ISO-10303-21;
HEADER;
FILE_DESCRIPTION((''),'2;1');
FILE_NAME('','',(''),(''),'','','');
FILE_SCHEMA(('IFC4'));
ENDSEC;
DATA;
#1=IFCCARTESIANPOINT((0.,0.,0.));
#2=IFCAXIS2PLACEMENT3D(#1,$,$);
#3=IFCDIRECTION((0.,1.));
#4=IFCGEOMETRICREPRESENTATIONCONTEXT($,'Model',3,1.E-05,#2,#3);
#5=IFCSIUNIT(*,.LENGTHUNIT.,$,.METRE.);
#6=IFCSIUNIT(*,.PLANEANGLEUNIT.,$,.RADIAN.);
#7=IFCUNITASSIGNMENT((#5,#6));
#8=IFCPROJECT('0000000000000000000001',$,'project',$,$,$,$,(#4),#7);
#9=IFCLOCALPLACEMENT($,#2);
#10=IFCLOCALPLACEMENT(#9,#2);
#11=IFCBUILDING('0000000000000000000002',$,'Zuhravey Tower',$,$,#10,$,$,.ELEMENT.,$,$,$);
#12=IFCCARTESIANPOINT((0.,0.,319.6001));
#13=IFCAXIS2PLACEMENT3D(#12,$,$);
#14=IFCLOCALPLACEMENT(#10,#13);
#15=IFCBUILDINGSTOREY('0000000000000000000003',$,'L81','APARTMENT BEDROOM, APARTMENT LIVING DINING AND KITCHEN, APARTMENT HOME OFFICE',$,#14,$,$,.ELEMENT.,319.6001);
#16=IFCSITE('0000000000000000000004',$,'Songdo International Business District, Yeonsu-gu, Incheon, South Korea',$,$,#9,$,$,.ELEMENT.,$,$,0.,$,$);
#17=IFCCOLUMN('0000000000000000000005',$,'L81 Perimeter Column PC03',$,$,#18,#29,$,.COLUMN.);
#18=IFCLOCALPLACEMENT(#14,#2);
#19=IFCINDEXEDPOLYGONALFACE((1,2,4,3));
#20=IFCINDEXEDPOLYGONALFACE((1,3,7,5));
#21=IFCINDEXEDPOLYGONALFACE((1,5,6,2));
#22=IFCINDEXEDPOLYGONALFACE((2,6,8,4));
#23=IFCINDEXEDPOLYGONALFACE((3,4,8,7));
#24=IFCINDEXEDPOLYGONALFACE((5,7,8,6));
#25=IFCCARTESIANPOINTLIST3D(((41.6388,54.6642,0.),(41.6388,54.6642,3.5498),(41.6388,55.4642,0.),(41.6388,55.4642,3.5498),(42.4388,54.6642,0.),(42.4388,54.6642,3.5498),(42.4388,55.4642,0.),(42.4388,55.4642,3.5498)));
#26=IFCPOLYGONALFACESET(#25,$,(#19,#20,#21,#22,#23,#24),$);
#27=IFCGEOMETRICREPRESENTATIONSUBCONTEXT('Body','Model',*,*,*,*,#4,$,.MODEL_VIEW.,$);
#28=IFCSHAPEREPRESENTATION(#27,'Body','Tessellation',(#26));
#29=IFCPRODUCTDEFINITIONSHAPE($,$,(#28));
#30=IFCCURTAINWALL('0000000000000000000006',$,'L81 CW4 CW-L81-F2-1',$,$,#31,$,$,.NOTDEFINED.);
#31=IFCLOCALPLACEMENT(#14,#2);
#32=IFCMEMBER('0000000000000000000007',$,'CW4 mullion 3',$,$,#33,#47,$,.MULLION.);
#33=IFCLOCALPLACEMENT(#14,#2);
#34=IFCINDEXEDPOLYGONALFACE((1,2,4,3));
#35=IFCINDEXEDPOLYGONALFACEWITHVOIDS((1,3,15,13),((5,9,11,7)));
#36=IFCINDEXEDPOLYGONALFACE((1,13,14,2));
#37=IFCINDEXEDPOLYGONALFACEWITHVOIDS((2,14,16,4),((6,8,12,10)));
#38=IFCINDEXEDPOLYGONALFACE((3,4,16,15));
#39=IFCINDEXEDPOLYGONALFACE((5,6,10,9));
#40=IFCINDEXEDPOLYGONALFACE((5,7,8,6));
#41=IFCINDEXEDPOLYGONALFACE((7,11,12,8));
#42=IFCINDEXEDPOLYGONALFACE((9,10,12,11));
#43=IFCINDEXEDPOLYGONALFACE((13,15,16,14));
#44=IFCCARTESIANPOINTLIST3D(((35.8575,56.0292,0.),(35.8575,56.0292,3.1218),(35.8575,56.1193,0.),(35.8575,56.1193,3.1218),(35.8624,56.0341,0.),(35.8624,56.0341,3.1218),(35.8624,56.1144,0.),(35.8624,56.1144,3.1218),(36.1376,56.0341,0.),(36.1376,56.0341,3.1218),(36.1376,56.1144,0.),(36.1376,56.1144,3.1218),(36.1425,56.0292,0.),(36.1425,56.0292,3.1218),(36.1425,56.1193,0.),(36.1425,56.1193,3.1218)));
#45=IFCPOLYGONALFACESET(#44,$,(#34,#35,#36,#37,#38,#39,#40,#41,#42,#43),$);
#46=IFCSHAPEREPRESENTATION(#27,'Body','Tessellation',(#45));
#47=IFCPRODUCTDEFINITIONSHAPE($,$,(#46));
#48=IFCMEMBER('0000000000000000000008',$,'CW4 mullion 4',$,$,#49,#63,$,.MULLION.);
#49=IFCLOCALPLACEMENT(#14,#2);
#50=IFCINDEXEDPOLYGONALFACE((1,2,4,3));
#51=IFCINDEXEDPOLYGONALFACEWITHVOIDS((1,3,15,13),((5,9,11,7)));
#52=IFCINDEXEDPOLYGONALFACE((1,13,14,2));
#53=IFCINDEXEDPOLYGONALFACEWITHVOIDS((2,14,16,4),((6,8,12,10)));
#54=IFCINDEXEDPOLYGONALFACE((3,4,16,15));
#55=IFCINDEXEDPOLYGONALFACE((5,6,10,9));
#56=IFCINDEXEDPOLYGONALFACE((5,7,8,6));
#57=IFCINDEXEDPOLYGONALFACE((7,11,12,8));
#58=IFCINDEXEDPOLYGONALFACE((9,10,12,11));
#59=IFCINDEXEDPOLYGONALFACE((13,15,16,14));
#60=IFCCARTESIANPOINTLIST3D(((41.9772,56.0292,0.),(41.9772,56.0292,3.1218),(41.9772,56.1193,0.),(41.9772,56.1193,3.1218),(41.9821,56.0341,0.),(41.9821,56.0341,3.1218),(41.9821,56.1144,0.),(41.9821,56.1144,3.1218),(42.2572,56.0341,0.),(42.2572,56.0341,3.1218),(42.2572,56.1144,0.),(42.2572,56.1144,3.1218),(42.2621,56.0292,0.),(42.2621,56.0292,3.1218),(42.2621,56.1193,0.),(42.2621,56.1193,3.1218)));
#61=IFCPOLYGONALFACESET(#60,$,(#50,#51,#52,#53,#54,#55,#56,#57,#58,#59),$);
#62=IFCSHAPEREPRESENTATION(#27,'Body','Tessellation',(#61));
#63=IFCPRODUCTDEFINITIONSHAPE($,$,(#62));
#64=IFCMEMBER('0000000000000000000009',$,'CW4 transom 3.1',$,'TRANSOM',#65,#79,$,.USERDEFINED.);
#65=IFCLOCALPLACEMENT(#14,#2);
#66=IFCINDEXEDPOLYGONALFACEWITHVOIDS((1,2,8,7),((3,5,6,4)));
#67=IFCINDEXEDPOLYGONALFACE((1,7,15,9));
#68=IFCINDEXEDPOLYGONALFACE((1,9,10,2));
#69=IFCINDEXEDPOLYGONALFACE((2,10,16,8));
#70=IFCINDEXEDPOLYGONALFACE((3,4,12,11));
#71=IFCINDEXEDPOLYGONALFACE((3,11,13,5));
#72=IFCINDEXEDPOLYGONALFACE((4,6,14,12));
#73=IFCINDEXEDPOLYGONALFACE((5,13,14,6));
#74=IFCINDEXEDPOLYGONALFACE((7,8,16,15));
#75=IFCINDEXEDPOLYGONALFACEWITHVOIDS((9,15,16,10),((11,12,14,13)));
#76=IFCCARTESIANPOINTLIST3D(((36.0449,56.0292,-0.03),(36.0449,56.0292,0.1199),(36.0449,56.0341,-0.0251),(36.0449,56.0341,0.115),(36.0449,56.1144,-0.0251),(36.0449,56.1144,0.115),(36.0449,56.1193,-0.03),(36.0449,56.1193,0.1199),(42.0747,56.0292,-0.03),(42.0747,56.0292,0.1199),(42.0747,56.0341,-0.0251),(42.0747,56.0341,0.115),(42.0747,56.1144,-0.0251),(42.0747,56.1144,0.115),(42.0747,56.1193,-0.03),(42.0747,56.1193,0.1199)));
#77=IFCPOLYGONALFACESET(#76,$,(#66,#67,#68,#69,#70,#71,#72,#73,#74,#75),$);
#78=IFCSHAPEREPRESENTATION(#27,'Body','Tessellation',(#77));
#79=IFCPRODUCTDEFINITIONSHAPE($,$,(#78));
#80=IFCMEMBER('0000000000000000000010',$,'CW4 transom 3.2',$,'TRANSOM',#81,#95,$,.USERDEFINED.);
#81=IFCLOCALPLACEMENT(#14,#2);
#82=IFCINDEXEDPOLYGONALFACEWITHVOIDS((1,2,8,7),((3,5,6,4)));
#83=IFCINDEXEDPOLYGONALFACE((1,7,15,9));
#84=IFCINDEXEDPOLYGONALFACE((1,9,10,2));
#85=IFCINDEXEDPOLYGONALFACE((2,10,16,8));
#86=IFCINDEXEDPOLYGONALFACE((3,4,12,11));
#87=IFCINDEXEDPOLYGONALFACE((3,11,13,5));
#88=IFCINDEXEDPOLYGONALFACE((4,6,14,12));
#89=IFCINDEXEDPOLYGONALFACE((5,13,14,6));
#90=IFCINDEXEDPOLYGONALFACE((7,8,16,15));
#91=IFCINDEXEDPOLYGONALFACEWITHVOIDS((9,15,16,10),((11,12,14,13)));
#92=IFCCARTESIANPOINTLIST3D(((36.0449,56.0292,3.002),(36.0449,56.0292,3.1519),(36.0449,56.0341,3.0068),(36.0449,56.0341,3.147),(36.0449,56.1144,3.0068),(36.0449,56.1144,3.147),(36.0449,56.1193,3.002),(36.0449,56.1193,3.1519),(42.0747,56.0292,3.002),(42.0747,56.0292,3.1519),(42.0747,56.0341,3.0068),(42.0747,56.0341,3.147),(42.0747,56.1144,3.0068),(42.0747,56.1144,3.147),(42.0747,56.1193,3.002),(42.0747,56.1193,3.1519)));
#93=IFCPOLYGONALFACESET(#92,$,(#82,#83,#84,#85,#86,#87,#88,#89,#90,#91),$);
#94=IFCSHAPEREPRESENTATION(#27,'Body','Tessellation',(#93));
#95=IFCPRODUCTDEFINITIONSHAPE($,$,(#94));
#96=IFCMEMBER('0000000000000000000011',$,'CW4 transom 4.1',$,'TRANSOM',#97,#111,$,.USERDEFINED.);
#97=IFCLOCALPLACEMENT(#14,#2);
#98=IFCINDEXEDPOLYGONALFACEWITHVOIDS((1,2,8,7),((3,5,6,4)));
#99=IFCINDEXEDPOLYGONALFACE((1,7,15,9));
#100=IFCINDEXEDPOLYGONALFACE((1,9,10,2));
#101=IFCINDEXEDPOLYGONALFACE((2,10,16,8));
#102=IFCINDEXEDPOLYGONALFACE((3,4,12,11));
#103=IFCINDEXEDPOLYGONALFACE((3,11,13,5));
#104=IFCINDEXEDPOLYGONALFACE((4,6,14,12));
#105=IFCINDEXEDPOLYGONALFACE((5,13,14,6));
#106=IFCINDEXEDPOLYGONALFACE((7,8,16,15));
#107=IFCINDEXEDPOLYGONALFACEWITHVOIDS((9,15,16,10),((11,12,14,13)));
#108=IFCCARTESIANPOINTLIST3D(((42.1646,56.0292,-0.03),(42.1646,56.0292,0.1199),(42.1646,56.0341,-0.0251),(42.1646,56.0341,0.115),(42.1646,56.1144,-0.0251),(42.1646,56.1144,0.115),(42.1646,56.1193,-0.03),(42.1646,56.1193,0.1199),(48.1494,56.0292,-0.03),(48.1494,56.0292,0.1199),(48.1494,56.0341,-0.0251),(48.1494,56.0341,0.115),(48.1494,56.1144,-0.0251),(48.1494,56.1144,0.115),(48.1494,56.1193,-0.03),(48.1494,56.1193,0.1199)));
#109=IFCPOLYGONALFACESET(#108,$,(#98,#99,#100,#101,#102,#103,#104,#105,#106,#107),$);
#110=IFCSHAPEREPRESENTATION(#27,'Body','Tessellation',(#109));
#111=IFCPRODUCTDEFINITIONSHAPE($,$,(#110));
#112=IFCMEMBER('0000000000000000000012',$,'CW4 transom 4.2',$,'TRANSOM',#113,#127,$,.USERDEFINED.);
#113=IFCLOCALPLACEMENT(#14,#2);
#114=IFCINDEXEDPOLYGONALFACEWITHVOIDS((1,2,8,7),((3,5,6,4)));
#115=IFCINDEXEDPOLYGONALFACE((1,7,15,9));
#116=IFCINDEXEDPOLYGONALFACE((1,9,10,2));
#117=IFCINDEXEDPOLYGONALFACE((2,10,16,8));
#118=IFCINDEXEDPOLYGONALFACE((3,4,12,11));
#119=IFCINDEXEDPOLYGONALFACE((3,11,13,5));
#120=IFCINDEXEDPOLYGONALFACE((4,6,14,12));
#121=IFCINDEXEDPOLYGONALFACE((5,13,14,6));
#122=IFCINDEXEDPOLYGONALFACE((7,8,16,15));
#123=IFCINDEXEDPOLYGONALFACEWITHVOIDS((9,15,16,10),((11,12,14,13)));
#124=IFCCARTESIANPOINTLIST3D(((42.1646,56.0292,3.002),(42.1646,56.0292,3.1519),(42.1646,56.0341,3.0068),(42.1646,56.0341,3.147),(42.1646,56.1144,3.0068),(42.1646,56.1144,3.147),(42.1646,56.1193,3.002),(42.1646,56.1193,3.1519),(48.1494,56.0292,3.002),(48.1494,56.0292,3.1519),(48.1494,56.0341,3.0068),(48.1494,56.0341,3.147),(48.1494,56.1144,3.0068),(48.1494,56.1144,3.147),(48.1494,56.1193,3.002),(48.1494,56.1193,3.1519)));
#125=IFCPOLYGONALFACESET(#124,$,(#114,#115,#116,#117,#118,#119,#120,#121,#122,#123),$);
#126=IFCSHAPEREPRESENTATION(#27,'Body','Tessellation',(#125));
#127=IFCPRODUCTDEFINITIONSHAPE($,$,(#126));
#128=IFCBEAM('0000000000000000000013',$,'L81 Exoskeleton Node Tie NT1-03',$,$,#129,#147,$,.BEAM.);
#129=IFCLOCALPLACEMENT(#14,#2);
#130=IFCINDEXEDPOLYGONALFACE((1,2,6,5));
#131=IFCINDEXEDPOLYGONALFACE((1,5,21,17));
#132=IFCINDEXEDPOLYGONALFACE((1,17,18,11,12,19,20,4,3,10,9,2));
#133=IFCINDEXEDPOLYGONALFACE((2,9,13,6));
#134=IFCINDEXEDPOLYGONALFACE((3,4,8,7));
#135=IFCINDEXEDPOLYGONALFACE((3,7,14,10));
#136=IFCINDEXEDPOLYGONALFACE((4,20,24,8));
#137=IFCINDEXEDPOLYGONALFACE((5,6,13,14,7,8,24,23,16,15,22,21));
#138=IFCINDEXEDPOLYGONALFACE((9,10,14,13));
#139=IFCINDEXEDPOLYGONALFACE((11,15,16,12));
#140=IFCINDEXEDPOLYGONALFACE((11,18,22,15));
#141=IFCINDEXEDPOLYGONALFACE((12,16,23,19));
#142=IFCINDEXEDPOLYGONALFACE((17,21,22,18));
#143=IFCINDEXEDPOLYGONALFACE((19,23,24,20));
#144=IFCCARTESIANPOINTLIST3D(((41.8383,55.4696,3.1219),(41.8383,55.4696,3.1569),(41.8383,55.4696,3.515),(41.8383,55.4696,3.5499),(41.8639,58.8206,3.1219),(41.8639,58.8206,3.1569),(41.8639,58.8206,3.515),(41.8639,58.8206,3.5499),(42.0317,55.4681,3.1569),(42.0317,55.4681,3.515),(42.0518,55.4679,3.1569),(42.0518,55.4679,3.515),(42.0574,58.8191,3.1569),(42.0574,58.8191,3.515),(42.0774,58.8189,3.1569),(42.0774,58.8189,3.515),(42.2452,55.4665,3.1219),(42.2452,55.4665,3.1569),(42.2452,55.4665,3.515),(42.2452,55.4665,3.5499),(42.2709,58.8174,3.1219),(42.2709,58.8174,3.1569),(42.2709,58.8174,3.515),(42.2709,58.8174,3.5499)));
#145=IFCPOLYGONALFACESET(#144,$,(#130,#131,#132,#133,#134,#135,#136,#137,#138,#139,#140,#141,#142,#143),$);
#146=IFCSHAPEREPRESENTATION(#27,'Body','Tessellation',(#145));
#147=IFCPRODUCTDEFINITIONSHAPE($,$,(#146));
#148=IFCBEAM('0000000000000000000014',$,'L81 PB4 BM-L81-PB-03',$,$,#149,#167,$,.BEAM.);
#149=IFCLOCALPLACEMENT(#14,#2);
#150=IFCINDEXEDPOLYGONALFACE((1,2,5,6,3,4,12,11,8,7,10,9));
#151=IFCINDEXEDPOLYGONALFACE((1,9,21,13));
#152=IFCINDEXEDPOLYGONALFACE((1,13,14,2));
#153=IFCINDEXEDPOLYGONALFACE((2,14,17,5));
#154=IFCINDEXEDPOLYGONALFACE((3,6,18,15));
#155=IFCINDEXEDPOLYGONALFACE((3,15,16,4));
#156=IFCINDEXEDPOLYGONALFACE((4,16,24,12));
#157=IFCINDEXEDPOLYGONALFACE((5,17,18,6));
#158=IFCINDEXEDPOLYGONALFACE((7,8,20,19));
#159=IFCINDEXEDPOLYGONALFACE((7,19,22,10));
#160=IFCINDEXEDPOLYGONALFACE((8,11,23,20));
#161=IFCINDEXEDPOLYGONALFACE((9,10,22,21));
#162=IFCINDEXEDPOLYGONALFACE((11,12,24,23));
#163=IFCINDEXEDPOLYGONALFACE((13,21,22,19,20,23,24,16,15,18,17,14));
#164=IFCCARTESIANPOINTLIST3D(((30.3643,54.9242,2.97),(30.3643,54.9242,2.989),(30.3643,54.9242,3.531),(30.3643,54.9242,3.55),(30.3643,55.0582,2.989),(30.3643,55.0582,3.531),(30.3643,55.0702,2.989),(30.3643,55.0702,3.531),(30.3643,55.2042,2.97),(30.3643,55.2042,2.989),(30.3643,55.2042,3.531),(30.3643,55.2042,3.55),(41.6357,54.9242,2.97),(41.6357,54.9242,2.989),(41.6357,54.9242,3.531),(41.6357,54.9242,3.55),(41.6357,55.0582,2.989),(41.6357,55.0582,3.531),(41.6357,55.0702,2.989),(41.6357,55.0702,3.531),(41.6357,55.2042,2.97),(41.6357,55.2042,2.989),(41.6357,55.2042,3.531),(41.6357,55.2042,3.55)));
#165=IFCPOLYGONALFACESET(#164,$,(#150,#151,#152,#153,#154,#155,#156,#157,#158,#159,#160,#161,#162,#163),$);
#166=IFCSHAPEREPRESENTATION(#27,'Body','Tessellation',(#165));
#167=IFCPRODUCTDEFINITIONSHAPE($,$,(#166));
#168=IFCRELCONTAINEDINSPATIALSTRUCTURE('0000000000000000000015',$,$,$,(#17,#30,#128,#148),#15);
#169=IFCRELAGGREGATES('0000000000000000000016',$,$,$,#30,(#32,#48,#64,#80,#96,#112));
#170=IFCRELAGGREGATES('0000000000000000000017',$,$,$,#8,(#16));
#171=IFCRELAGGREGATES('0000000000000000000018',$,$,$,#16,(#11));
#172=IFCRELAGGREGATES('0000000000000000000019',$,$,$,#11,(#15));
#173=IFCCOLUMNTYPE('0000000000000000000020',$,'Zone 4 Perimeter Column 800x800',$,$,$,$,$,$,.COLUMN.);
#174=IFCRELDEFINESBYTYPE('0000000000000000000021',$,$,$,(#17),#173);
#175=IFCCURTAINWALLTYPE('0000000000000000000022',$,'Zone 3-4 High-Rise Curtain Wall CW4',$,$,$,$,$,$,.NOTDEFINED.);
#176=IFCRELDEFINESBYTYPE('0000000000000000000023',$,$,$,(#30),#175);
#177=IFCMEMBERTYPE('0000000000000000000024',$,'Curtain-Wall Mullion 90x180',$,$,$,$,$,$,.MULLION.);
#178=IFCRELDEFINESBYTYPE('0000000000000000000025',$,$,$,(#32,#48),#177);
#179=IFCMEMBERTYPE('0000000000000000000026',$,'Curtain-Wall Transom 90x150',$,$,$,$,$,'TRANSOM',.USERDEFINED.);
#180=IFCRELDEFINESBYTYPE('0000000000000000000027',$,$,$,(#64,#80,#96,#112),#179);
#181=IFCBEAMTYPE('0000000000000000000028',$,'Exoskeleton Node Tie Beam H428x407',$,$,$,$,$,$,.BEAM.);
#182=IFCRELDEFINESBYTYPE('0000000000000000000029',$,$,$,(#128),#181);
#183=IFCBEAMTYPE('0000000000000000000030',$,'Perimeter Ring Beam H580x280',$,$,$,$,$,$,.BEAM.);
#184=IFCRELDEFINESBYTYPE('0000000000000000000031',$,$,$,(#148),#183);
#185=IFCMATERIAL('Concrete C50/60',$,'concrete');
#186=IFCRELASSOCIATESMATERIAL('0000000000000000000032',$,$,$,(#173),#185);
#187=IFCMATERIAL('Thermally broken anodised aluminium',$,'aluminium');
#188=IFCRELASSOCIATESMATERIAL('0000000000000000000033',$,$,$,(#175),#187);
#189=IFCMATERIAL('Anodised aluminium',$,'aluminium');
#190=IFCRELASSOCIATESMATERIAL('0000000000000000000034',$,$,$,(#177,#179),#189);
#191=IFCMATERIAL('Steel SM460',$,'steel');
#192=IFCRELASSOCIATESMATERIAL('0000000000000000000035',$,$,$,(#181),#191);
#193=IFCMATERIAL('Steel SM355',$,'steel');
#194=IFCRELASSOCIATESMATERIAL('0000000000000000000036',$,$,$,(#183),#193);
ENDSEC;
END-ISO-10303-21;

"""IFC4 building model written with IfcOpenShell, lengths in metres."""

from ifc_helpers import new_model, si_unit, direction, frame, origin, origin_2d, place, context, subcontext, project, spatial, rectangle, hollow_rectangle, i_section, extrude, material, material_profile, profile_set, type_object, element, aggregate, save


model = new_model("IFC4")

# Units and contexts
model_context = context("Model", 3, precision=1e-05, world=origin(), true_north=direction((0.0, 1.0)))
body_context = subcontext(model_context, "Body", "Model", "MODEL_VIEW")
ifc_project = project(units=[si_unit("LENGTHUNIT", "METRE"), si_unit("PLANEANGLEUNIT", "RADIAN")], contexts=[model_context])

# Site, building, storey
site_placement = place(None, origin())
site = spatial("IfcSite", under=ifc_project, at=site_placement, Name="Songdo International Business District, Yeonsu-gu, Incheon, South Korea", CompositionType="ELEMENT", RefElevation=0.0)
building_placement = place(site_placement, origin())
building = spatial("IfcBuilding", under=site, at=building_placement, Name="Zuhravey Tower", CompositionType="ELEMENT")
storey_placement = place(building_placement, frame((0.0, 0.0, 319.6001)))
storey = spatial("IfcBuildingStorey", under=building, at=storey_placement, Name="L81", Description="APARTMENT BEDROOM, APARTMENT LIVING DINING AND KITCHEN, APARTMENT HOME OFFICE", CompositionType="ELEMENT", Elevation=319.6001)

# Column
ifc_material_1 = material(Name="Concrete C50/60", Category="concrete")
ifc_material_profile_1 = material_profile(ifc_material_1, rectangle(XDim=0.8, YDim=0.8, at=origin_2d()), Name="RC-800x800")
ifc_profile_set_1 = profile_set([ifc_material_profile_1], Name="Concrete C50/60")
column_type = type_object("IfcColumnType", Name="Zone 4 Perimeter Column 800x800", PredefinedType="COLUMN", material=ifc_profile_set_1)
column_placement = place(storey_placement, frame((42.0388, 55.0642, 0.0), z_axis=(0.0, 0.0, 1.0), x_axis=(-1.0, 0.0, 0.0)))
element("IfcColumn", 1, at=column_placement, inside=storey, type_object=column_type, Name="L81 Perimeter Column PC03", PredefinedType="COLUMN", context=body_context, shape_type="SweptSolid", body=[
    extrude(rectangle(XDim=0.8, YDim=0.8, at=origin_2d()), origin(), (0.0, 0.0, 1.0), 3.5498),
])

# Curtain wall, members
ifc_material_2 = material(Name="Thermally broken anodised aluminium", Category="aluminium")
curtain_wall_type = type_object("IfcCurtainWallType", Name="Zone 3-4 High-Rise Curtain Wall CW4", PredefinedType="NOTDEFINED", material=ifc_material_2)
curtain_wall_placement = place(storey_placement, origin())
curtain_wall = element("IfcCurtainWall", 2, at=curtain_wall_placement, inside=storey, type_object=curtain_wall_type, Name="L81 CW4 CW-L81-F2-1", PredefinedType="NOTDEFINED")
ifc_material_3 = material(Name="Anodised aluminium", Category="aluminium")
ifc_material_profile_2 = material_profile(ifc_material_3, hollow_rectangle(XDim=0.0901, YDim=0.2849, WallThickness=0.0049, at=origin_2d()), Name="ALU-RHS-90x285x5")
ifc_profile_set_2 = profile_set([ifc_material_profile_2], Name="Anodised aluminium")
member_type_1 = type_object("IfcMemberType", Name="Curtain-Wall Mullion 90x180", PredefinedType="MULLION", material=ifc_profile_set_2)
member_1_placement = place(storey_placement, frame((36.0, 56.0742, 0.0), z_axis=(0.0, 0.0, 1.0), x_axis=(0.0, 1.0, 0.0)))
member_1 = element("IfcMember", 3, at=member_1_placement, type_object=member_type_1, Name="CW4 mullion 3", PredefinedType="MULLION", context=body_context, shape_type="SweptSolid", body=[
    extrude(hollow_rectangle(XDim=0.0901, YDim=0.2849, WallThickness=0.0049, at=origin_2d()), origin(), (0.0, 0.0, 1.0), 3.1218),
])
member_2_placement = place(storey_placement, frame((42.1196, 56.0742, 0.0), z_axis=(0.0, 0.0, 1.0), x_axis=(0.0, 1.0, 0.0)))
member_2 = element("IfcMember", 4, at=member_2_placement, type_object=member_type_1, Name="CW4 mullion 4", PredefinedType="MULLION", context=body_context, shape_type="SweptSolid", body=[
    extrude(hollow_rectangle(XDim=0.0901, YDim=0.2849, WallThickness=0.0049, at=origin_2d()), origin(), (0.0, 0.0, 1.0), 3.1218),
])
ifc_material_profile_3 = material_profile(ifc_material_3, hollow_rectangle(XDim=0.0901, YDim=0.1499, WallThickness=0.0049, at=origin_2d()), Name="ALU-RHS-90x150x5")
ifc_profile_set_3 = profile_set([ifc_material_profile_3], Name="Anodised aluminium")
member_type_2 = type_object("IfcMemberType", Name="Curtain-Wall Transom 90x150", ElementType="TRANSOM", PredefinedType="USERDEFINED", material=ifc_profile_set_3)
member_3_placement = place(storey_placement, frame((36.0449, 56.0742, 0.0449), z_axis=(1.0, 0.0, 0.0), x_axis=(0.0, 1.0, 0.0)))
member_3 = element("IfcMember", 5, at=member_3_placement, type_object=member_type_2, Name="CW4 transom 3.1", ObjectType="TRANSOM", PredefinedType="USERDEFINED", context=body_context, shape_type="SweptSolid", body=[
    extrude(hollow_rectangle(XDim=0.0901, YDim=0.1499, WallThickness=0.0049, at=origin_2d()), origin(), (0.0, 0.0, 1.0), 6.0298),
])
member_4_placement = place(storey_placement, frame((36.0449, 56.0742, 3.0769), z_axis=(1.0, 0.0, 0.0), x_axis=(0.0, 1.0, 0.0)))
member_4 = element("IfcMember", 6, at=member_4_placement, type_object=member_type_2, Name="CW4 transom 3.2", ObjectType="TRANSOM", PredefinedType="USERDEFINED", context=body_context, shape_type="SweptSolid", body=[
    extrude(hollow_rectangle(XDim=0.0901, YDim=0.1499, WallThickness=0.0049, at=origin_2d()), origin(), (0.0, 0.0, 1.0), 6.0298),
])
member_5_placement = place(storey_placement, frame((42.1646, 56.0742, 0.0449), z_axis=(1.0, 0.0, 0.0), x_axis=(0.0, 1.0, 0.0)))
member_5 = element("IfcMember", 7, at=member_5_placement, type_object=member_type_2, Name="CW4 transom 4.1", ObjectType="TRANSOM", PredefinedType="USERDEFINED", context=body_context, shape_type="SweptSolid", body=[
    extrude(hollow_rectangle(XDim=0.0901, YDim=0.1499, WallThickness=0.0049, at=origin_2d()), origin(), (0.0, 0.0, 1.0), 5.9849),
])
member_6_placement = place(storey_placement, frame((42.1646, 56.0742, 3.0769), z_axis=(1.0, 0.0, 0.0), x_axis=(0.0, 1.0, 0.0)))
member_6 = element("IfcMember", 8, at=member_6_placement, type_object=member_type_2, Name="CW4 transom 4.2", ObjectType="TRANSOM", PredefinedType="USERDEFINED", context=body_context, shape_type="SweptSolid", body=[
    extrude(hollow_rectangle(XDim=0.0901, YDim=0.1499, WallThickness=0.0049, at=origin_2d()), origin(), (0.0, 0.0, 1.0), 5.9849),
])

# Beams
ifc_material_4 = material(Name="Steel SM460", Category="steel")
ifc_material_profile_4 = material_profile(ifc_material_4, i_section(OverallWidth=0.407, OverallDepth=0.428, WebThickness=0.02, FlangeThickness=0.0349, at=origin_2d()), Name="H-428x407x20x35")
ifc_profile_set_4 = profile_set([ifc_material_profile_4], Name="Steel SM460")
beam_type_1 = type_object("IfcBeamType", Name="Exoskeleton Node Tie Beam H428x407", PredefinedType="BEAM", material=ifc_profile_set_4)
beam_1_placement = place(storey_placement, frame((42.0417, 55.468, 3.3359), z_axis=(0.007649, 0.999971, 0.0), x_axis=(-0.999971, 0.007649, 0.0)))
element("IfcBeam", 9, at=beam_1_placement, inside=storey, type_object=beam_type_1, Name="L81 Exoskeleton Node Tie NT1-03", PredefinedType="BEAM", context=body_context, shape_type="SweptSolid", body=[
    extrude(i_section(OverallWidth=0.407, OverallDepth=0.428, WebThickness=0.02, FlangeThickness=0.0349, at=origin_2d()), origin(), (0.0, 0.0, 1.0), 3.3511),
])
ifc_material_5 = material(Name="Steel SM355", Category="steel")
ifc_material_profile_5 = material_profile(ifc_material_5, i_section(OverallWidth=0.28, OverallDepth=0.5801, WebThickness=0.012, FlangeThickness=0.019, at=origin_2d()), Name="H-580x280x12x19")
ifc_profile_set_5 = profile_set([ifc_material_profile_5], Name="Steel SM355")
beam_type_2 = type_object("IfcBeamType", Name="Perimeter Ring Beam H580x280", PredefinedType="BEAM", material=ifc_profile_set_5)
beam_2_placement = place(storey_placement, frame((41.6357, 55.0642, 3.26), z_axis=(-1.0, 0.0, 0.0), x_axis=(0.0, -1.0, 0.0)))
element("IfcBeam", 10, at=beam_2_placement, inside=storey, type_object=beam_type_2, Name="L81 PB4 BM-L81-PB-03", PredefinedType="BEAM", context=body_context, shape_type="SweptSolid", body=[
    extrude(i_section(OverallWidth=0.28, OverallDepth=0.5801, WebThickness=0.012, FlangeThickness=0.019, at=origin_2d()), origin(), (0.0, 0.0, 1.0), 11.2715),
])

aggregate(curtain_wall, [member_1, member_2, member_3, member_4, member_5, member_6])

save(model, "model.ifc")
